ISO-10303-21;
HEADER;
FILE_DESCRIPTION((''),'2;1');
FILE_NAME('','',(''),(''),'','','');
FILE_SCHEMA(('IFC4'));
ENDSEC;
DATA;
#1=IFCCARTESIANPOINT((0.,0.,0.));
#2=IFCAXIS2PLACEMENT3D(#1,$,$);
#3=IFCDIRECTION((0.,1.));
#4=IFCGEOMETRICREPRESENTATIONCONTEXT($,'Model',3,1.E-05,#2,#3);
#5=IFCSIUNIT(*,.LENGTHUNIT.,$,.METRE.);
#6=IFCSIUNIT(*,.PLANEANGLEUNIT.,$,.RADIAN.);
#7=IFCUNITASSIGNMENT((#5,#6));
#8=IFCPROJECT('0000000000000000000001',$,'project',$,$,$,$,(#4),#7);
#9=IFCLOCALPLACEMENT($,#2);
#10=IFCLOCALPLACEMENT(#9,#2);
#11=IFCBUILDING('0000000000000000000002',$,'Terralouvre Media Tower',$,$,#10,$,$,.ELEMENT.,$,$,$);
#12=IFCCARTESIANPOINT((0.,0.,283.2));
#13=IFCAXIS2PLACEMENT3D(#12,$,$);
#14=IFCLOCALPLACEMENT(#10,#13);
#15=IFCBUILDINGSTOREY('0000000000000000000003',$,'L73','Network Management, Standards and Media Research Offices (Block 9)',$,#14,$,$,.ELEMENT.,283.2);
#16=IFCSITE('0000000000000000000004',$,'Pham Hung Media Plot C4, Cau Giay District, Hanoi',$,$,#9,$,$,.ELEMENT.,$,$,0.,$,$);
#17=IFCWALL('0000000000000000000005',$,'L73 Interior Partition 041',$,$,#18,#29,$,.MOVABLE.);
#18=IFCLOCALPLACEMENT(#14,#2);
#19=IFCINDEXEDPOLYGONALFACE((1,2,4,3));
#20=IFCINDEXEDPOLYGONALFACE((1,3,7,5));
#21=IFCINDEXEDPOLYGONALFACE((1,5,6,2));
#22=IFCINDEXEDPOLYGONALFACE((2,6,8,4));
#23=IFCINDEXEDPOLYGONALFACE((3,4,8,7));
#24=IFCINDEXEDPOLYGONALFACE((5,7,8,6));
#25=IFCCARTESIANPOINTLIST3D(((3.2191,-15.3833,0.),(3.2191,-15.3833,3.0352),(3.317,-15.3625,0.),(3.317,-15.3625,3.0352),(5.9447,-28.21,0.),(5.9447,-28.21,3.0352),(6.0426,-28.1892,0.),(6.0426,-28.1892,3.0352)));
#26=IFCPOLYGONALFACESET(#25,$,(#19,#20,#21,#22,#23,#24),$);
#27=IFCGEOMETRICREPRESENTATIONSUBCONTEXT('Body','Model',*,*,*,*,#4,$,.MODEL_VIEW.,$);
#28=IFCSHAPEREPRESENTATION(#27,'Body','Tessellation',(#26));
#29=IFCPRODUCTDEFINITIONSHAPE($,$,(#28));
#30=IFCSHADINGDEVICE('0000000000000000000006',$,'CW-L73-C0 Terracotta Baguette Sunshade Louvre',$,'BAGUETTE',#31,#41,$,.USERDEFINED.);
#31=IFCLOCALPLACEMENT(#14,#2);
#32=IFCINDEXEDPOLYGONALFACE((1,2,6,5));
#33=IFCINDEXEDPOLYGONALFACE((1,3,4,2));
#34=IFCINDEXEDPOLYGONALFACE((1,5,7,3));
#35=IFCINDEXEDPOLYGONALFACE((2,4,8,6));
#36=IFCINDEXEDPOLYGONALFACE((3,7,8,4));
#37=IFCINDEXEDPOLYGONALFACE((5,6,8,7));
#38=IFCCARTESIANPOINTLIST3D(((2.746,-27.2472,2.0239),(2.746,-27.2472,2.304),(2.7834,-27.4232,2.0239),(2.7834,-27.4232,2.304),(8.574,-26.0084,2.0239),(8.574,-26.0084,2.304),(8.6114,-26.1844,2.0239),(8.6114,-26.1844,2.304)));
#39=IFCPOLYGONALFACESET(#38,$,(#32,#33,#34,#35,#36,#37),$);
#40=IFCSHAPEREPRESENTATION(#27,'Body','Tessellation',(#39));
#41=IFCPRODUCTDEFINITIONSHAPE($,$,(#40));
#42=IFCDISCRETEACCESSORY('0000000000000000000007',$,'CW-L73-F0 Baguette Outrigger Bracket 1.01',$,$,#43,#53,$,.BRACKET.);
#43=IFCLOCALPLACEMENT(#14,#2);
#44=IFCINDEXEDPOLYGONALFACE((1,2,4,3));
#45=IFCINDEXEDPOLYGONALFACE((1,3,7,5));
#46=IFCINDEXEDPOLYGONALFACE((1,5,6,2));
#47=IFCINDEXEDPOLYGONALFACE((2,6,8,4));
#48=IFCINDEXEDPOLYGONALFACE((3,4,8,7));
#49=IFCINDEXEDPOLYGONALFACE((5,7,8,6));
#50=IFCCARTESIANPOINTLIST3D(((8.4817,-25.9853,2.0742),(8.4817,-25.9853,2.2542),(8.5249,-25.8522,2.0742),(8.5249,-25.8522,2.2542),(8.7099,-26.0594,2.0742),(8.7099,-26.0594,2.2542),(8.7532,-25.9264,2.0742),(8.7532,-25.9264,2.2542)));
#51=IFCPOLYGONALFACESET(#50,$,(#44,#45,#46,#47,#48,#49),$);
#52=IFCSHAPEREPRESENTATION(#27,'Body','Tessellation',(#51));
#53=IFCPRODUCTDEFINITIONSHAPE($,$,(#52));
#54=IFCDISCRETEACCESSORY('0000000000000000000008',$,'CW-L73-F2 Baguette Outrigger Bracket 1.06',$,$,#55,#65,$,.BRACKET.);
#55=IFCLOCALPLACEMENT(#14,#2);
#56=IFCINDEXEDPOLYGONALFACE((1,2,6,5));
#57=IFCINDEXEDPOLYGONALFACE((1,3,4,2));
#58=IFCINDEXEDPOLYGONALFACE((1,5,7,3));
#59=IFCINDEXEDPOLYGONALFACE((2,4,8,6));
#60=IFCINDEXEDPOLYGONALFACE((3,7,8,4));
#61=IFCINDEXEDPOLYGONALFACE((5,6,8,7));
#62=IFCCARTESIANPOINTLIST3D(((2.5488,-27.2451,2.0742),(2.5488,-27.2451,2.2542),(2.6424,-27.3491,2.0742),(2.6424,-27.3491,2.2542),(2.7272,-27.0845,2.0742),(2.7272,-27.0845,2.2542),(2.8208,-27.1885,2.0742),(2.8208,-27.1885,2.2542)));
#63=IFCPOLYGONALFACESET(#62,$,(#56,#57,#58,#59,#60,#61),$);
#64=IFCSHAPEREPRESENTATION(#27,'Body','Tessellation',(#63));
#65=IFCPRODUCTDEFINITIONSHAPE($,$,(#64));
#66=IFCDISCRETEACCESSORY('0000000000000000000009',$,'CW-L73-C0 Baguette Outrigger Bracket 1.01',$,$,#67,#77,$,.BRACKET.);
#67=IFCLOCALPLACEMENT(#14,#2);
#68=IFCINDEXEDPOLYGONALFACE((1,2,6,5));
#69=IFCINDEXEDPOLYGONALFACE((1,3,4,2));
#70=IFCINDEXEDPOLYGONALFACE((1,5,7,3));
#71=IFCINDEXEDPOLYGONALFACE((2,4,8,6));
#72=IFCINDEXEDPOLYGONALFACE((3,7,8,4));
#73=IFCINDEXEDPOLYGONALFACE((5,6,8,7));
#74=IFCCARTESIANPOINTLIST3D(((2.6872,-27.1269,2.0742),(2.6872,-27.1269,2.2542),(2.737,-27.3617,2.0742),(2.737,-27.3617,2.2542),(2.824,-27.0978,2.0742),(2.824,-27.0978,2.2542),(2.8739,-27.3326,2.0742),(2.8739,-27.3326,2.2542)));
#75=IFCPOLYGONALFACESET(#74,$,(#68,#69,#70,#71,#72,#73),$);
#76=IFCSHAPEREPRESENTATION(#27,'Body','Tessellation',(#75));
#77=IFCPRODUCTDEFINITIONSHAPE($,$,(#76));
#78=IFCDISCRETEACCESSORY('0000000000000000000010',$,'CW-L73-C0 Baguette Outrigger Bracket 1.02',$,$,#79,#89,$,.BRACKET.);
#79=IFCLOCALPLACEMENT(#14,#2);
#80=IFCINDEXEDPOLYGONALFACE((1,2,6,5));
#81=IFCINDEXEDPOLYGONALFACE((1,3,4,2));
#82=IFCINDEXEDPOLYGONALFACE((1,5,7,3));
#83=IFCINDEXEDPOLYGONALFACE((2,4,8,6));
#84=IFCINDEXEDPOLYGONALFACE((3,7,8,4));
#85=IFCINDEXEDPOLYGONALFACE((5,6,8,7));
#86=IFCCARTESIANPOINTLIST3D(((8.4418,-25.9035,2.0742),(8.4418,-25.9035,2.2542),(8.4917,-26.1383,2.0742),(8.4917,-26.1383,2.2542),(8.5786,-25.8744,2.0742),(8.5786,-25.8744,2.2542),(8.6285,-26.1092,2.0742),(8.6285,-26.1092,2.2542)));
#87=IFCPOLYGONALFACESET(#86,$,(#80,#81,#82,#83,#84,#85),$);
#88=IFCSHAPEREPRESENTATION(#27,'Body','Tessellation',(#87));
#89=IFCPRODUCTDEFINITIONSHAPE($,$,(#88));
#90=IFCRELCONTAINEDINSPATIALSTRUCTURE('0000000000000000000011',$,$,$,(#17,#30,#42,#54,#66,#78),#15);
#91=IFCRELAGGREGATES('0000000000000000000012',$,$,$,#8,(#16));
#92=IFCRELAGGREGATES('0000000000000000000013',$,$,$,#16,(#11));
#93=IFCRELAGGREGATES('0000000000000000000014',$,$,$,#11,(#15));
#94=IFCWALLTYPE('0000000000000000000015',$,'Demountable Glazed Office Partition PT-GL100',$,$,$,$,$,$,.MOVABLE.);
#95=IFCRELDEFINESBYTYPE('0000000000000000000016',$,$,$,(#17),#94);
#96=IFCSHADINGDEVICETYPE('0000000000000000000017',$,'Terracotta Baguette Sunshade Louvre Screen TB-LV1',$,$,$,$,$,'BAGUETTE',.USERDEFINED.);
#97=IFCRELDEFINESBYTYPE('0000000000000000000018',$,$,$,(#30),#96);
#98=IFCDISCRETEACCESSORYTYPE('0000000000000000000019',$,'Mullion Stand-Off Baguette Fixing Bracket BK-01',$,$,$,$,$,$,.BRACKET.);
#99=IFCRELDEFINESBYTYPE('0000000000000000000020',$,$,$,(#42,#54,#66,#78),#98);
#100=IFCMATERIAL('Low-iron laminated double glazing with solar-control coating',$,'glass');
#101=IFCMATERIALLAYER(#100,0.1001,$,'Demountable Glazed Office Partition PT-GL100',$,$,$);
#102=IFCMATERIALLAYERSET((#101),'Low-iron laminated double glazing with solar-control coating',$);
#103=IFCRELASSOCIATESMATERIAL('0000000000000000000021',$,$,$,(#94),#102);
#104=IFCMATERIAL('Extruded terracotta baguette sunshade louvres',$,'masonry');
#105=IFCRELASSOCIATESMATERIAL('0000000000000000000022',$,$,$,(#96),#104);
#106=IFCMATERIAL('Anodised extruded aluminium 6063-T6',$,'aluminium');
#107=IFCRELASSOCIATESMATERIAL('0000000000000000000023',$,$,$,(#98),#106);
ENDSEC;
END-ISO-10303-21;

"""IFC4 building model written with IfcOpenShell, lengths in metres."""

from ifc_helpers import new_model, si_unit, direction, frame, frame_2d, origin, origin_2d, place, context, subcontext, project, spatial, rectangle, extrude, material, layer, layer_set, type_object, element, save


model = new_model("IFC4")

# Units and contexts
model_context = context("Model", 3, precision=1e-05, world=origin(), true_north=direction((0.0, 1.0)))
body_context = subcontext(model_context, "Body", "Model", "MODEL_VIEW")
ifc_project = project(units=[si_unit("LENGTHUNIT", "METRE"), si_unit("PLANEANGLEUNIT", "RADIAN")], contexts=[model_context])

# Site, building, storey
site_placement = place(None, origin())
site = spatial("IfcSite", under=ifc_project, at=site_placement, Name="Pham Hung Media Plot C4, Cau Giay District, Hanoi", CompositionType="ELEMENT", RefElevation=0.0)
building_placement = place(site_placement, origin())
building = spatial("IfcBuilding", under=site, at=building_placement, Name="Terralouvre Media Tower", CompositionType="ELEMENT")
storey_placement = place(building_placement, frame((0.0, 0.0, 283.2)))
storey = spatial("IfcBuildingStorey", under=building, at=storey_placement, Name="L73", Description="Network Management, Standards and Media Research Offices (Block 9)", CompositionType="ELEMENT", Elevation=283.2)

# Wall
ifc_material_1 = material(Name="Low-iron laminated double glazing with solar-control coating", Category="glass")
ifc_layer_1 = layer(ifc_material_1, 0.1001, Name="Demountable Glazed Office Partition PT-GL100")
ifc_layer_set_1 = layer_set([ifc_layer_1], Name="Low-iron laminated double glazing with solar-control coating")
wall_type = type_object("IfcWallType", Name="Demountable Glazed Office Partition PT-GL100", PredefinedType="MOVABLE", material=ifc_layer_set_1)
wall_placement = place(storey_placement, frame((5.9937, -28.1997, 0.0), z_axis=(0.0, 0.0, 1.0), x_axis=(-0.207853, 0.97816, 0.0)))
element("IfcWall", 1, at=wall_placement, inside=storey, type_object=wall_type, Name="L73 Interior Partition 041", PredefinedType="MOVABLE", context=body_context, shape_type="SweptSolid", body=[
    extrude(rectangle(XDim=13.113, YDim=0.1001, at=frame_2d((6.5566, 0.0))), origin(), (0.0, 0.0, 1.0), 3.0352),
])

# Shading device
ifc_material_2 = material(Name="Extruded terracotta baguette sunshade louvres", Category="masonry")
shading_device_type = type_object("IfcShadingDeviceType", Name="Terracotta Baguette Sunshade Louvre Screen TB-LV1", ElementType="BAGUETTE", PredefinedType="USERDEFINED", material=ifc_material_2)
shading_device_placement = place(storey_placement, frame((5.6787, -26.7158, 2.0239), z_axis=(0.0, 0.0, 1.0), x_axis=(0.978148, 0.207912, 0.0)))
element("IfcShadingDevice", 2, at=shading_device_placement, inside=storey, type_object=shading_device_type, Name="CW-L73-C0 Terracotta Baguette Sunshade Louvre", ObjectType="BAGUETTE", PredefinedType="USERDEFINED", context=body_context, shape_type="SweptSolid", body=[
    extrude(rectangle(XDim=5.9583, YDim=0.1799, at=origin_2d()), origin(), (0.0, 0.0, 1.0), 0.28),
])

# Discrete accessories
ifc_material_3 = material(Name="Anodised extruded aluminium 6063-T6", Category="aluminium")
discrete_accessory_type = type_object("IfcDiscreteAccessoryType", Name="Mullion Stand-Off Baguette Fixing Bracket BK-01", PredefinedType="BRACKET", material=ifc_material_3)
for number, where, z_axis, x_axis, name in (
    (3, (8.6174, -25.9558, 2.0742), (0.0, 0.0, 1.0), (0.309017, 0.951057, 0.0), "CW-L73-F0 Baguette Outrigger Bracket 1.01"),
    (4, (2.6848, -27.2168, 2.0742), (0.0, 0.0, 1.0), (0.669131, -0.743145, 0.0), "CW-L73-F2 Baguette Outrigger Bracket 1.06"),
    (5, (2.7805, -27.2297, 2.0742), (0.0, 0.0, 1.0), (0.978148, 0.207912, 0.0), "CW-L73-C0 Baguette Outrigger Bracket 1.01"),
    (6, (8.5352, -26.0063, 2.0742), (0.0, 0.0, 1.0), (0.978148, 0.207912, 0.0), "CW-L73-C0 Baguette Outrigger Bracket 1.02"),
):
    element("IfcDiscreteAccessory", number, at=place(storey_placement, frame(where, z_axis=z_axis, x_axis=x_axis)), inside=storey, type_object=discrete_accessory_type, Name=name, PredefinedType="BRACKET", context=body_context, shape_type="SweptSolid", body=[
        extrude(rectangle(XDim=0.1399, YDim=0.24, at=origin_2d()), origin(), (0.0, 0.0, 1.0), 0.1799),
    ])

save(model, "model.ifc")
